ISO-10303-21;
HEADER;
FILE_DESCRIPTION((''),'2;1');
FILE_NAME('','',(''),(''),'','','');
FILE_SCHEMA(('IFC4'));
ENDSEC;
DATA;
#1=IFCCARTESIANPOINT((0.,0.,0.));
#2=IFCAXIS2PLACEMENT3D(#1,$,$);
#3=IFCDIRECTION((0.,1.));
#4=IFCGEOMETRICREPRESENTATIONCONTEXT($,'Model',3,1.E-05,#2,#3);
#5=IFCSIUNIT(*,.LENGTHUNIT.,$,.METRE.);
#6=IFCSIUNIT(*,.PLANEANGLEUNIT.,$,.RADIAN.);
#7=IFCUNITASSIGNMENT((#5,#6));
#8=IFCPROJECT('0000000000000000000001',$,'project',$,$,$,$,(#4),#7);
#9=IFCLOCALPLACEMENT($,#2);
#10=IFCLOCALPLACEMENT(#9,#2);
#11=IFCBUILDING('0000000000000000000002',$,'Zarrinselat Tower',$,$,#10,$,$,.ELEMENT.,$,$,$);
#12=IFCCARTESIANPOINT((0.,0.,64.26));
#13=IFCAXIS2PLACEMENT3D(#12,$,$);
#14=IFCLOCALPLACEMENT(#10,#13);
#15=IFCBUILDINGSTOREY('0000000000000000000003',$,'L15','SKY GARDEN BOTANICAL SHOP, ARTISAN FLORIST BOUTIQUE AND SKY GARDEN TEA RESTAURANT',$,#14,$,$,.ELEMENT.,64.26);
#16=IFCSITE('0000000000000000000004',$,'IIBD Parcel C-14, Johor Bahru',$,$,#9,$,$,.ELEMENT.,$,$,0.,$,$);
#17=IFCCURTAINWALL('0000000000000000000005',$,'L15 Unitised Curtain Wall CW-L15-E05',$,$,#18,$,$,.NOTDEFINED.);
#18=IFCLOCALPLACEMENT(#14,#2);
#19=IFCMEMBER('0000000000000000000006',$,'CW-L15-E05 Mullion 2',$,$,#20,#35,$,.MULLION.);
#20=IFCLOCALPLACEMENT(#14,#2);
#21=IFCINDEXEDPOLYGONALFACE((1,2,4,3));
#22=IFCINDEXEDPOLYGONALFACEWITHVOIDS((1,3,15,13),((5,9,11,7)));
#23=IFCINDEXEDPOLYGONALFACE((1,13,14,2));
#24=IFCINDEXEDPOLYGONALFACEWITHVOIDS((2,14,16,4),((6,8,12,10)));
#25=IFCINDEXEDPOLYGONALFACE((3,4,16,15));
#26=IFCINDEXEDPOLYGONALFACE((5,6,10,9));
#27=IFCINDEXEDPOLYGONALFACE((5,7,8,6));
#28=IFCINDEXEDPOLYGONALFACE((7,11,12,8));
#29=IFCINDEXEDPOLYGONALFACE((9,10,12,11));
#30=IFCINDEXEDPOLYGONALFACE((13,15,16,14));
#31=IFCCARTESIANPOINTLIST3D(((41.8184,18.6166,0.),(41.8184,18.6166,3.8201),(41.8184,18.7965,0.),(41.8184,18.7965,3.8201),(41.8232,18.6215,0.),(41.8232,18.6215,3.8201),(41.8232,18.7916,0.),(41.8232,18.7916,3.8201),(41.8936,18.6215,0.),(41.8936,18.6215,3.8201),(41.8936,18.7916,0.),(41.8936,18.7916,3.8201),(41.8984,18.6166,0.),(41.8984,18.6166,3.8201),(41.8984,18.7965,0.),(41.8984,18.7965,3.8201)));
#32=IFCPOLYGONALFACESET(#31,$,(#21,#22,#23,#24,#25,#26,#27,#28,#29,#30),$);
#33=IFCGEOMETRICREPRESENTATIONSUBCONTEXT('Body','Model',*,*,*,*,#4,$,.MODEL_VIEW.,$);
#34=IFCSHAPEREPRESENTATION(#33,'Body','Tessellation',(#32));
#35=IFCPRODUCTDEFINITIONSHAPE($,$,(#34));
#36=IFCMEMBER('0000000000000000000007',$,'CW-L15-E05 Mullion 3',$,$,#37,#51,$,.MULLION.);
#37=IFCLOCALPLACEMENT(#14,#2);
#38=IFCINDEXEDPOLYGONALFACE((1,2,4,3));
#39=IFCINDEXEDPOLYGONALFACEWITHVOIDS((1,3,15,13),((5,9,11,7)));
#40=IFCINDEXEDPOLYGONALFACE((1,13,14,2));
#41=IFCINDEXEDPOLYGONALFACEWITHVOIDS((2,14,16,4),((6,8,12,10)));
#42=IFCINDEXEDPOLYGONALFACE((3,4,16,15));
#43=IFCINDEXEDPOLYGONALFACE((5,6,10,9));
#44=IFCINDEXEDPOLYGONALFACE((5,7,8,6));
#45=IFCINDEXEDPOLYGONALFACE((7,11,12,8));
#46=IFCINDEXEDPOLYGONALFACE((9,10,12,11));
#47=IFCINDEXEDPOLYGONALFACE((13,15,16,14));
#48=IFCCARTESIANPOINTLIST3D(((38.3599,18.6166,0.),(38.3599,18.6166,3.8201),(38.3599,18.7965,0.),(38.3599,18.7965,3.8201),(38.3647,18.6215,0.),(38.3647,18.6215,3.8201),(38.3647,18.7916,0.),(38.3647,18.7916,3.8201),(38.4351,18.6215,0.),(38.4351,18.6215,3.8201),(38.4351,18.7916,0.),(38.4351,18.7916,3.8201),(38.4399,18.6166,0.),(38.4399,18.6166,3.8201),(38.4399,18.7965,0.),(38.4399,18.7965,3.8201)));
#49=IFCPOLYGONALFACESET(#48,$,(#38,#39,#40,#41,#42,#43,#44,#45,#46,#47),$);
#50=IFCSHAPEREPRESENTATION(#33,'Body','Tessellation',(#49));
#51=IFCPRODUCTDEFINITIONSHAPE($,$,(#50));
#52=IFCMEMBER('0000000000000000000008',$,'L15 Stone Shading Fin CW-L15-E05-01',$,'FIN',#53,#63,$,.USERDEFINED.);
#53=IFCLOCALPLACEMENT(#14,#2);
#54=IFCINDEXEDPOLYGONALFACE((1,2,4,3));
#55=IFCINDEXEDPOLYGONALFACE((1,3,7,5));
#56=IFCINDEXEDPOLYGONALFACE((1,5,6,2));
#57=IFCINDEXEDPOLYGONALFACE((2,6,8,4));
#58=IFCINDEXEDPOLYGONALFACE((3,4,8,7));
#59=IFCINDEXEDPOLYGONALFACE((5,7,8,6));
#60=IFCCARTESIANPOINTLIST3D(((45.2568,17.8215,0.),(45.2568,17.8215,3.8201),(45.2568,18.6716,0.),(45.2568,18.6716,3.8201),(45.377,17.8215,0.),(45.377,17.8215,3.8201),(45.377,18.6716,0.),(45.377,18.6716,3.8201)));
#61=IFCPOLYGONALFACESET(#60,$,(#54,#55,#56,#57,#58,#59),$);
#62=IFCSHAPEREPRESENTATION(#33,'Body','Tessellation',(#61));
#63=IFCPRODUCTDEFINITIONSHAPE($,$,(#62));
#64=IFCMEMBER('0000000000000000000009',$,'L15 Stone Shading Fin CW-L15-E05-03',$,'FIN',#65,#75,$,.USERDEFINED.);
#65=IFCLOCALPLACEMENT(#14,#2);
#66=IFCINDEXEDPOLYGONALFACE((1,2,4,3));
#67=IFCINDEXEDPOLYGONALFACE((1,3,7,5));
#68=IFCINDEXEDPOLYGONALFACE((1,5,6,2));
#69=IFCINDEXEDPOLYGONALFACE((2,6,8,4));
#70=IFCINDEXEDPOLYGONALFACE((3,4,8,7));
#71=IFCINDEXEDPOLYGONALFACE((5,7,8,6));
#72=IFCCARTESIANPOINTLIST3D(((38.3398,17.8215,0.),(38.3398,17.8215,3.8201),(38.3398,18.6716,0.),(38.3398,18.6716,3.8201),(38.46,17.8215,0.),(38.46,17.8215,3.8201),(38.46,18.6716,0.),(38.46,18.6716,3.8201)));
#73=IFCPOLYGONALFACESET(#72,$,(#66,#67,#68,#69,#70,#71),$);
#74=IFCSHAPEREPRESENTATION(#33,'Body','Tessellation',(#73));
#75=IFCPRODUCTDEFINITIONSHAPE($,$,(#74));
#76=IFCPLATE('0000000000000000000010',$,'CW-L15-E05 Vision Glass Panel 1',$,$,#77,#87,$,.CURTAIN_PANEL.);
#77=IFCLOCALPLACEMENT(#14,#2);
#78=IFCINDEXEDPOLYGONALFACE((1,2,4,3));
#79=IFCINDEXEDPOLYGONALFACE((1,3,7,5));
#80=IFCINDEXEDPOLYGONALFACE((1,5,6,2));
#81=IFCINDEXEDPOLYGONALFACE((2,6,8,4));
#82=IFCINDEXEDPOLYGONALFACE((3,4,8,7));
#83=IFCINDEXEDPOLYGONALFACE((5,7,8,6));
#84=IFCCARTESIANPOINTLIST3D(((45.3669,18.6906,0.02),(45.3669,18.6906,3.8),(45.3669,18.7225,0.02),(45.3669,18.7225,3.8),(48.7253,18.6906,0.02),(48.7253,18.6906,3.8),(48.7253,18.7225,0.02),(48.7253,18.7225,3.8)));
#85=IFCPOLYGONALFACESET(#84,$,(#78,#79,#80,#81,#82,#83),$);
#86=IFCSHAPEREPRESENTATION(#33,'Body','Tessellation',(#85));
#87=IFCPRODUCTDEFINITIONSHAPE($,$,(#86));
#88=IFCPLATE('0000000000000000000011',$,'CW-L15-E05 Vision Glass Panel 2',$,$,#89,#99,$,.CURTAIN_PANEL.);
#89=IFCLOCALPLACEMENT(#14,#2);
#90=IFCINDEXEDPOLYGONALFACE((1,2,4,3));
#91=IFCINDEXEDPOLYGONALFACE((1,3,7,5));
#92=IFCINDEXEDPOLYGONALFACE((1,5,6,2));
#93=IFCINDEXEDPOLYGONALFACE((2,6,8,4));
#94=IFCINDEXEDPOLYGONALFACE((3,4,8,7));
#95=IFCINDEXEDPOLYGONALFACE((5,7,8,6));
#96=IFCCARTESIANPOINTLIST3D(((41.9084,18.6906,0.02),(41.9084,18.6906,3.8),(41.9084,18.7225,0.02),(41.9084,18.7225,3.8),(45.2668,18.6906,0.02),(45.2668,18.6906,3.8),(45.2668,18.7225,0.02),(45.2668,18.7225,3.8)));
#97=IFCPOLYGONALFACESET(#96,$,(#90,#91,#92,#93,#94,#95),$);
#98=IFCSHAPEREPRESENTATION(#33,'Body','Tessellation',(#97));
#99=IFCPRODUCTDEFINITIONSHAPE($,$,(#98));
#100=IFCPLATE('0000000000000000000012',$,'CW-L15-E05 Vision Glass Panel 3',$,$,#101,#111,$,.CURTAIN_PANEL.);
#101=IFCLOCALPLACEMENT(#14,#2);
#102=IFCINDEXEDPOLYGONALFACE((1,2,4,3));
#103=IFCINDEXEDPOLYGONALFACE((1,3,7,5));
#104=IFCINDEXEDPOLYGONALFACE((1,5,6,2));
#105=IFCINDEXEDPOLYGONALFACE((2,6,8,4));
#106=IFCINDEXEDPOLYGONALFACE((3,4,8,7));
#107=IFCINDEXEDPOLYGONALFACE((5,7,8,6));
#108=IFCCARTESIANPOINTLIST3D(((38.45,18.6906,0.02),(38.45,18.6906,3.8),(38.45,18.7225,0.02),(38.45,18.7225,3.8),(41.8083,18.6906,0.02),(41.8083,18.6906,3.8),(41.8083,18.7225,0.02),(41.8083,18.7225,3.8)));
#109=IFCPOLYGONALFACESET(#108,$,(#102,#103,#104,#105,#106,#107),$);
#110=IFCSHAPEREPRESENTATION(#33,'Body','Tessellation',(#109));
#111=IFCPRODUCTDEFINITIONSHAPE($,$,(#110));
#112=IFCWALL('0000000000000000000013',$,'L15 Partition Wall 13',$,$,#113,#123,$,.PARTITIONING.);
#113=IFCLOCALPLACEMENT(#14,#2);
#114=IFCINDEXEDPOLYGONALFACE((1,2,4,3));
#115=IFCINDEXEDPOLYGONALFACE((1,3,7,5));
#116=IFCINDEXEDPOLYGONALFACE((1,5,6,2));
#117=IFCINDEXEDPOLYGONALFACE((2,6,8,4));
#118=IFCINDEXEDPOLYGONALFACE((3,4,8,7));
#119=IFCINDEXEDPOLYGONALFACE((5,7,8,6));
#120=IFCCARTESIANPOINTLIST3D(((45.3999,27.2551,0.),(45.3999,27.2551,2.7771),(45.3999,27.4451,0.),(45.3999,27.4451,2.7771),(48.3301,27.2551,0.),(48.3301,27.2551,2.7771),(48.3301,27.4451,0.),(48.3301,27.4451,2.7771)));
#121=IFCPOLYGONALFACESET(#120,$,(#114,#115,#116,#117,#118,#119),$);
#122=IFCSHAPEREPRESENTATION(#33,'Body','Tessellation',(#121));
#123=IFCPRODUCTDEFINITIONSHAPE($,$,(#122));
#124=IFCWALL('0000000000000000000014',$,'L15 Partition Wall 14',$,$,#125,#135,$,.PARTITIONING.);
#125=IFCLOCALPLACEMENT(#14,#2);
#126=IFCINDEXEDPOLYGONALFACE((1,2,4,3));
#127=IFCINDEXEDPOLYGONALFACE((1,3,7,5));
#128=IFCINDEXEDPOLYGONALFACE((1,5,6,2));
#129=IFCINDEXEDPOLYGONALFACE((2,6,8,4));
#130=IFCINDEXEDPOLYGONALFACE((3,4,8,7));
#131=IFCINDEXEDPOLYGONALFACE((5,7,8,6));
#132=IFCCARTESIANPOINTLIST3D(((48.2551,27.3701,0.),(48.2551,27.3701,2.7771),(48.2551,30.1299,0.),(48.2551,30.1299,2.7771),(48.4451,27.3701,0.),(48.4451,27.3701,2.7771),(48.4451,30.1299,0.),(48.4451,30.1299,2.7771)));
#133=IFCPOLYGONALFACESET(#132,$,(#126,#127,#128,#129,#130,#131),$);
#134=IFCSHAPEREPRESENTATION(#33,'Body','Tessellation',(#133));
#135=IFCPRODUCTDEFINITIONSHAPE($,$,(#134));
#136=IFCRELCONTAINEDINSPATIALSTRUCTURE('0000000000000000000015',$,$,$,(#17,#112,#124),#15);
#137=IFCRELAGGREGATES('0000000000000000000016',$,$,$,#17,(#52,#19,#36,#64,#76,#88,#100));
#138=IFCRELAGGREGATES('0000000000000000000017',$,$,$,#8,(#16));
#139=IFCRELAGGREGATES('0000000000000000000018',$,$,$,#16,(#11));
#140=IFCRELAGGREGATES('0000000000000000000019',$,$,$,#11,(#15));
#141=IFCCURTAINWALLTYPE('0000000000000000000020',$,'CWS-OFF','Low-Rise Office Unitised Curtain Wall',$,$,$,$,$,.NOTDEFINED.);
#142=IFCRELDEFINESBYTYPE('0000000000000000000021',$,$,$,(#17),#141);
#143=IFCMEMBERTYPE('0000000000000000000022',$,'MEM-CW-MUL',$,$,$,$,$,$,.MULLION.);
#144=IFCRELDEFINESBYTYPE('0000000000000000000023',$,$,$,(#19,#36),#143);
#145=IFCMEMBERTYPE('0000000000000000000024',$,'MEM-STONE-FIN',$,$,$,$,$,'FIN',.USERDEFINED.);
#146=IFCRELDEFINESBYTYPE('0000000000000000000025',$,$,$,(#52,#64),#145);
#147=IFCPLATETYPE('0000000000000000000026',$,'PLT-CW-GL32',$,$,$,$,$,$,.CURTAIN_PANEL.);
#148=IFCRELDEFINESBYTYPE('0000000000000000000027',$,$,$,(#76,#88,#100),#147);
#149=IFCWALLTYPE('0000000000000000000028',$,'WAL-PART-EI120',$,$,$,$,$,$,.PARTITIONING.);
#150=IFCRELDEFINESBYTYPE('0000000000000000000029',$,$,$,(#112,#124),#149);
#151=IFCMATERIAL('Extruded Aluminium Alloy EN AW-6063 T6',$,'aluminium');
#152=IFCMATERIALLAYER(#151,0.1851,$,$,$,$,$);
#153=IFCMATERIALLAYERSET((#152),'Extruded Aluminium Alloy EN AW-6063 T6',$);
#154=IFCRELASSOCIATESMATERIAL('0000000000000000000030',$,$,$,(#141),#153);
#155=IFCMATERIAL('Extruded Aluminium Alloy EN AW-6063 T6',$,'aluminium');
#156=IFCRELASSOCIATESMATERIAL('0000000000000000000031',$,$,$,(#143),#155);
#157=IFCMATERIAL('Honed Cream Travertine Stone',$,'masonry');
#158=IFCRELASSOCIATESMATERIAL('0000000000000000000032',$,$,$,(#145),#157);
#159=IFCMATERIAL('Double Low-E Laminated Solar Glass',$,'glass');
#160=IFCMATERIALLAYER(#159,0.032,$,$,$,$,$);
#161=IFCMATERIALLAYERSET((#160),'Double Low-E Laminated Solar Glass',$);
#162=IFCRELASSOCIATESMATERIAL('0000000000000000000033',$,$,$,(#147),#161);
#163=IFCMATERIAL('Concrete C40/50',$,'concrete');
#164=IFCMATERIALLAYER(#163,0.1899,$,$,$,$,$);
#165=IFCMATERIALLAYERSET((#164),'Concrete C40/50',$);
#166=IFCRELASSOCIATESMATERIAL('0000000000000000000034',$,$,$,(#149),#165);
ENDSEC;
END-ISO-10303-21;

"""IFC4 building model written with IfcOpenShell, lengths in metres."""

from ifc_helpers import new_model, si_unit, direction, frame, frame_2d, origin, origin_2d, place, context, subcontext, project, spatial, rectangle, hollow_rectangle, extrude, material, layer, layer_set, material_profile, profile_set, type_object, element, aggregate, save


model = new_model("IFC4")

# Units and contexts
model_context = context("Model", 3, precision=1e-05, world=origin(), true_north=direction((0.0, 1.0)))
body_context = subcontext(model_context, "Body", "Model", "MODEL_VIEW")
ifc_project = project(units=[si_unit("LENGTHUNIT", "METRE"), si_unit("PLANEANGLEUNIT", "RADIAN")], contexts=[model_context])

# Site, building, storey
site_placement = place(None, origin())
site = spatial("IfcSite", under=ifc_project, at=site_placement, Name="IIBD Parcel C-14, Johor Bahru", CompositionType="ELEMENT", RefElevation=0.0)
building_placement = place(site_placement, origin())
building = spatial("IfcBuilding", under=site, at=building_placement, Name="Zarrinselat Tower", CompositionType="ELEMENT")
storey_placement = place(building_placement, frame((0.0, 0.0, 64.26)))
storey = spatial("IfcBuildingStorey", under=building, at=storey_placement, Name="L15", Description="SKY GARDEN BOTANICAL SHOP, ARTISAN FLORIST BOUTIQUE AND SKY GARDEN TEA RESTAURANT", CompositionType="ELEMENT", Elevation=64.26)

# Curtain wall, members, plates
ifc_material_1 = material(Name="Extruded Aluminium Alloy EN AW-6063 T6", Category="aluminium")
ifc_layer_1 = layer(ifc_material_1, 0.1851)
ifc_layer_set_1 = layer_set([ifc_layer_1], Name="Extruded Aluminium Alloy EN AW-6063 T6")
curtain_wall_type = type_object("IfcCurtainWallType", Name="CWS-OFF", Description="Low-Rise Office Unitised Curtain Wall", PredefinedType="NOTDEFINED", material=ifc_layer_set_1)
curtain_wall_placement = place(storey_placement, origin())
curtain_wall = element("IfcCurtainWall", 1, at=curtain_wall_placement, inside=storey, type_object=curtain_wall_type, Name="L15 Unitised Curtain Wall CW-L15-E05", PredefinedType="NOTDEFINED")
ifc_material_2 = material(Name="Extruded Aluminium Alloy EN AW-6063 T6", Category="aluminium")
ifc_material_profile_1 = material_profile(ifc_material_2, hollow_rectangle(XDim=0.0801, YDim=0.1799, WallThickness=0.0049, at=origin_2d()), Name="RHS 180x80x5")
ifc_profile_set_1 = profile_set([ifc_material_profile_1], Name="Extruded Aluminium Alloy EN AW-6063 T6")
member_type_1 = type_object("IfcMemberType", Name="MEM-CW-MUL", PredefinedType="MULLION", material=ifc_profile_set_1)
member_1_placement = place(storey_placement, frame((41.8584, 18.7065, 0.0), z_axis=(0.0, 0.0, 1.0), x_axis=(-1.0, 0.0, 0.0)))
member_1 = element("IfcMember", 2, at=member_1_placement, type_object=member_type_1, Name="CW-L15-E05 Mullion 2", PredefinedType="MULLION", context=body_context, shape_type="SweptSolid", body=[
    extrude(hollow_rectangle(XDim=0.0801, YDim=0.1799, WallThickness=0.0049, at=origin_2d()), origin(), (0.0, 0.0, 1.0), 3.8201),
])
member_2_placement = place(storey_placement, frame((38.3999, 18.7065, 0.0), z_axis=(0.0, 0.0, 1.0), x_axis=(-1.0, 0.0, 0.0)))
member_2 = element("IfcMember", 3, at=member_2_placement, type_object=member_type_1, Name="CW-L15-E05 Mullion 3", PredefinedType="MULLION", context=body_context, shape_type="SweptSolid", body=[
    extrude(hollow_rectangle(XDim=0.0801, YDim=0.1799, WallThickness=0.0049, at=origin_2d()), origin(), (0.0, 0.0, 1.0), 3.8201),
])
ifc_material_3 = material(Name="Honed Cream Travertine Stone", Category="masonry")
ifc_material_profile_2 = material_profile(ifc_material_3, rectangle(XDim=0.1201, YDim=0.8501, at=origin_2d()), Name="FIN 850x120")
ifc_profile_set_2 = profile_set([ifc_material_profile_2], Name="Honed Cream Travertine Stone")
member_type_2 = type_object("IfcMemberType", Name="MEM-STONE-FIN", ElementType="FIN", PredefinedType="USERDEFINED", material=ifc_profile_set_2)
member_3_placement = place(storey_placement, frame((45.3169, 18.2466, 0.0), z_axis=(0.0, 0.0, 1.0), x_axis=(-1.0, 0.0, 0.0)))
member_3 = element("IfcMember", 4, at=member_3_placement, type_object=member_type_2, Name="L15 Stone Shading Fin CW-L15-E05-01", ObjectType="FIN", PredefinedType="USERDEFINED", context=body_context, shape_type="SweptSolid", body=[
    extrude(rectangle(XDim=0.1201, YDim=0.8501, at=origin_2d()), origin(), (0.0, 0.0, 1.0), 3.8201),
])
member_4_placement = place(storey_placement, frame((38.3999, 18.2466, 0.0), z_axis=(0.0, 0.0, 1.0), x_axis=(-1.0, 0.0, 0.0)))
member_4 = element("IfcMember", 5, at=member_4_placement, type_object=member_type_2, Name="L15 Stone Shading Fin CW-L15-E05-03", ObjectType="FIN", PredefinedType="USERDEFINED", context=body_context, shape_type="SweptSolid", body=[
    extrude(rectangle(XDim=0.1201, YDim=0.8501, at=origin_2d()), origin(), (0.0, 0.0, 1.0), 3.8201),
])
ifc_material_4 = material(Name="Double Low-E Laminated Solar Glass", Category="glass")
ifc_layer_2 = layer(ifc_material_4, 0.032)
ifc_layer_set_2 = layer_set([ifc_layer_2], Name="Double Low-E Laminated Solar Glass")
plate_type = type_object("IfcPlateType", Name="PLT-CW-GL32", PredefinedType="CURTAIN_PANEL", material=ifc_layer_set_2)
plate_1_placement = place(storey_placement, frame((47.0461, 18.7065, 0.02), z_axis=(0.0, 0.0, 1.0), x_axis=(-1.0, 0.0, 0.0)))
plate_1 = element("IfcPlate", 6, at=plate_1_placement, type_object=plate_type, Name="CW-L15-E05 Vision Glass Panel 1", PredefinedType="CURTAIN_PANEL", context=body_context, shape_type="SweptSolid", body=[
    extrude(rectangle(XDim=3.3584, YDim=0.032, at=origin_2d()), origin(), (0.0, 0.0, 1.0), 3.78),
])
plate_2_placement = place(storey_placement, frame((43.5876, 18.7065, 0.02), z_axis=(0.0, 0.0, 1.0), x_axis=(-1.0, 0.0, 0.0)))
plate_2 = element("IfcPlate", 7, at=plate_2_placement, type_object=plate_type, Name="CW-L15-E05 Vision Glass Panel 2", PredefinedType="CURTAIN_PANEL", context=body_context, shape_type="SweptSolid", body=[
    extrude(rectangle(XDim=3.3584, YDim=0.032, at=origin_2d()), origin(), (0.0, 0.0, 1.0), 3.78),
])
plate_3_placement = place(storey_placement, frame((40.1292, 18.7065, 0.02), z_axis=(0.0, 0.0, 1.0), x_axis=(-1.0, 0.0, 0.0)))
plate_3 = element("IfcPlate", 8, at=plate_3_placement, type_object=plate_type, Name="CW-L15-E05 Vision Glass Panel 3", PredefinedType="CURTAIN_PANEL", context=body_context, shape_type="SweptSolid", body=[
    extrude(rectangle(XDim=3.3584, YDim=0.032, at=origin_2d()), origin(), (0.0, 0.0, 1.0), 3.78),
])
aggregate(curtain_wall, [member_3, member_1, member_2, member_4, plate_1, plate_2, plate_3])

# Walls
ifc_material_5 = material(Name="Concrete C40/50", Category="concrete")
ifc_layer_3 = layer(ifc_material_5, 0.1899)
ifc_layer_set_3 = layer_set([ifc_layer_3], Name="Concrete C40/50")
wall_type = type_object("IfcWallType", Name="WAL-PART-EI120", PredefinedType="PARTITIONING", material=ifc_layer_set_3)
wall_1_placement = place(storey_placement, frame((45.3999, 27.3501, 0.0), z_axis=(0.0, 0.0, 1.0), x_axis=(1.0, 0.0, 0.0)))
element("IfcWall", 9, at=wall_1_placement, inside=storey, type_object=wall_type, Name="L15 Partition Wall 13", PredefinedType="PARTITIONING", context=body_context, shape_type="SweptSolid", body=[
    extrude(rectangle(XDim=2.9302, YDim=0.1899, at=frame_2d((1.4651, 0.0))), origin(), (0.0, 0.0, 1.0), 2.7771),
])
wall_2_placement = place(storey_placement, frame((48.3501, 27.3701, 0.0), z_axis=(0.0, 0.0, 1.0), x_axis=(0.0, 1.0, 0.0)))
element("IfcWall", 10, at=wall_2_placement, inside=storey, type_object=wall_type, Name="L15 Partition Wall 14", PredefinedType="PARTITIONING", context=body_context, shape_type="SweptSolid", body=[
    extrude(rectangle(XDim=2.7598, YDim=0.1899, at=frame_2d((1.3799, 0.0))), origin(), (0.0, 0.0, 1.0), 2.7771),
])

save(model, "model.ifc")
